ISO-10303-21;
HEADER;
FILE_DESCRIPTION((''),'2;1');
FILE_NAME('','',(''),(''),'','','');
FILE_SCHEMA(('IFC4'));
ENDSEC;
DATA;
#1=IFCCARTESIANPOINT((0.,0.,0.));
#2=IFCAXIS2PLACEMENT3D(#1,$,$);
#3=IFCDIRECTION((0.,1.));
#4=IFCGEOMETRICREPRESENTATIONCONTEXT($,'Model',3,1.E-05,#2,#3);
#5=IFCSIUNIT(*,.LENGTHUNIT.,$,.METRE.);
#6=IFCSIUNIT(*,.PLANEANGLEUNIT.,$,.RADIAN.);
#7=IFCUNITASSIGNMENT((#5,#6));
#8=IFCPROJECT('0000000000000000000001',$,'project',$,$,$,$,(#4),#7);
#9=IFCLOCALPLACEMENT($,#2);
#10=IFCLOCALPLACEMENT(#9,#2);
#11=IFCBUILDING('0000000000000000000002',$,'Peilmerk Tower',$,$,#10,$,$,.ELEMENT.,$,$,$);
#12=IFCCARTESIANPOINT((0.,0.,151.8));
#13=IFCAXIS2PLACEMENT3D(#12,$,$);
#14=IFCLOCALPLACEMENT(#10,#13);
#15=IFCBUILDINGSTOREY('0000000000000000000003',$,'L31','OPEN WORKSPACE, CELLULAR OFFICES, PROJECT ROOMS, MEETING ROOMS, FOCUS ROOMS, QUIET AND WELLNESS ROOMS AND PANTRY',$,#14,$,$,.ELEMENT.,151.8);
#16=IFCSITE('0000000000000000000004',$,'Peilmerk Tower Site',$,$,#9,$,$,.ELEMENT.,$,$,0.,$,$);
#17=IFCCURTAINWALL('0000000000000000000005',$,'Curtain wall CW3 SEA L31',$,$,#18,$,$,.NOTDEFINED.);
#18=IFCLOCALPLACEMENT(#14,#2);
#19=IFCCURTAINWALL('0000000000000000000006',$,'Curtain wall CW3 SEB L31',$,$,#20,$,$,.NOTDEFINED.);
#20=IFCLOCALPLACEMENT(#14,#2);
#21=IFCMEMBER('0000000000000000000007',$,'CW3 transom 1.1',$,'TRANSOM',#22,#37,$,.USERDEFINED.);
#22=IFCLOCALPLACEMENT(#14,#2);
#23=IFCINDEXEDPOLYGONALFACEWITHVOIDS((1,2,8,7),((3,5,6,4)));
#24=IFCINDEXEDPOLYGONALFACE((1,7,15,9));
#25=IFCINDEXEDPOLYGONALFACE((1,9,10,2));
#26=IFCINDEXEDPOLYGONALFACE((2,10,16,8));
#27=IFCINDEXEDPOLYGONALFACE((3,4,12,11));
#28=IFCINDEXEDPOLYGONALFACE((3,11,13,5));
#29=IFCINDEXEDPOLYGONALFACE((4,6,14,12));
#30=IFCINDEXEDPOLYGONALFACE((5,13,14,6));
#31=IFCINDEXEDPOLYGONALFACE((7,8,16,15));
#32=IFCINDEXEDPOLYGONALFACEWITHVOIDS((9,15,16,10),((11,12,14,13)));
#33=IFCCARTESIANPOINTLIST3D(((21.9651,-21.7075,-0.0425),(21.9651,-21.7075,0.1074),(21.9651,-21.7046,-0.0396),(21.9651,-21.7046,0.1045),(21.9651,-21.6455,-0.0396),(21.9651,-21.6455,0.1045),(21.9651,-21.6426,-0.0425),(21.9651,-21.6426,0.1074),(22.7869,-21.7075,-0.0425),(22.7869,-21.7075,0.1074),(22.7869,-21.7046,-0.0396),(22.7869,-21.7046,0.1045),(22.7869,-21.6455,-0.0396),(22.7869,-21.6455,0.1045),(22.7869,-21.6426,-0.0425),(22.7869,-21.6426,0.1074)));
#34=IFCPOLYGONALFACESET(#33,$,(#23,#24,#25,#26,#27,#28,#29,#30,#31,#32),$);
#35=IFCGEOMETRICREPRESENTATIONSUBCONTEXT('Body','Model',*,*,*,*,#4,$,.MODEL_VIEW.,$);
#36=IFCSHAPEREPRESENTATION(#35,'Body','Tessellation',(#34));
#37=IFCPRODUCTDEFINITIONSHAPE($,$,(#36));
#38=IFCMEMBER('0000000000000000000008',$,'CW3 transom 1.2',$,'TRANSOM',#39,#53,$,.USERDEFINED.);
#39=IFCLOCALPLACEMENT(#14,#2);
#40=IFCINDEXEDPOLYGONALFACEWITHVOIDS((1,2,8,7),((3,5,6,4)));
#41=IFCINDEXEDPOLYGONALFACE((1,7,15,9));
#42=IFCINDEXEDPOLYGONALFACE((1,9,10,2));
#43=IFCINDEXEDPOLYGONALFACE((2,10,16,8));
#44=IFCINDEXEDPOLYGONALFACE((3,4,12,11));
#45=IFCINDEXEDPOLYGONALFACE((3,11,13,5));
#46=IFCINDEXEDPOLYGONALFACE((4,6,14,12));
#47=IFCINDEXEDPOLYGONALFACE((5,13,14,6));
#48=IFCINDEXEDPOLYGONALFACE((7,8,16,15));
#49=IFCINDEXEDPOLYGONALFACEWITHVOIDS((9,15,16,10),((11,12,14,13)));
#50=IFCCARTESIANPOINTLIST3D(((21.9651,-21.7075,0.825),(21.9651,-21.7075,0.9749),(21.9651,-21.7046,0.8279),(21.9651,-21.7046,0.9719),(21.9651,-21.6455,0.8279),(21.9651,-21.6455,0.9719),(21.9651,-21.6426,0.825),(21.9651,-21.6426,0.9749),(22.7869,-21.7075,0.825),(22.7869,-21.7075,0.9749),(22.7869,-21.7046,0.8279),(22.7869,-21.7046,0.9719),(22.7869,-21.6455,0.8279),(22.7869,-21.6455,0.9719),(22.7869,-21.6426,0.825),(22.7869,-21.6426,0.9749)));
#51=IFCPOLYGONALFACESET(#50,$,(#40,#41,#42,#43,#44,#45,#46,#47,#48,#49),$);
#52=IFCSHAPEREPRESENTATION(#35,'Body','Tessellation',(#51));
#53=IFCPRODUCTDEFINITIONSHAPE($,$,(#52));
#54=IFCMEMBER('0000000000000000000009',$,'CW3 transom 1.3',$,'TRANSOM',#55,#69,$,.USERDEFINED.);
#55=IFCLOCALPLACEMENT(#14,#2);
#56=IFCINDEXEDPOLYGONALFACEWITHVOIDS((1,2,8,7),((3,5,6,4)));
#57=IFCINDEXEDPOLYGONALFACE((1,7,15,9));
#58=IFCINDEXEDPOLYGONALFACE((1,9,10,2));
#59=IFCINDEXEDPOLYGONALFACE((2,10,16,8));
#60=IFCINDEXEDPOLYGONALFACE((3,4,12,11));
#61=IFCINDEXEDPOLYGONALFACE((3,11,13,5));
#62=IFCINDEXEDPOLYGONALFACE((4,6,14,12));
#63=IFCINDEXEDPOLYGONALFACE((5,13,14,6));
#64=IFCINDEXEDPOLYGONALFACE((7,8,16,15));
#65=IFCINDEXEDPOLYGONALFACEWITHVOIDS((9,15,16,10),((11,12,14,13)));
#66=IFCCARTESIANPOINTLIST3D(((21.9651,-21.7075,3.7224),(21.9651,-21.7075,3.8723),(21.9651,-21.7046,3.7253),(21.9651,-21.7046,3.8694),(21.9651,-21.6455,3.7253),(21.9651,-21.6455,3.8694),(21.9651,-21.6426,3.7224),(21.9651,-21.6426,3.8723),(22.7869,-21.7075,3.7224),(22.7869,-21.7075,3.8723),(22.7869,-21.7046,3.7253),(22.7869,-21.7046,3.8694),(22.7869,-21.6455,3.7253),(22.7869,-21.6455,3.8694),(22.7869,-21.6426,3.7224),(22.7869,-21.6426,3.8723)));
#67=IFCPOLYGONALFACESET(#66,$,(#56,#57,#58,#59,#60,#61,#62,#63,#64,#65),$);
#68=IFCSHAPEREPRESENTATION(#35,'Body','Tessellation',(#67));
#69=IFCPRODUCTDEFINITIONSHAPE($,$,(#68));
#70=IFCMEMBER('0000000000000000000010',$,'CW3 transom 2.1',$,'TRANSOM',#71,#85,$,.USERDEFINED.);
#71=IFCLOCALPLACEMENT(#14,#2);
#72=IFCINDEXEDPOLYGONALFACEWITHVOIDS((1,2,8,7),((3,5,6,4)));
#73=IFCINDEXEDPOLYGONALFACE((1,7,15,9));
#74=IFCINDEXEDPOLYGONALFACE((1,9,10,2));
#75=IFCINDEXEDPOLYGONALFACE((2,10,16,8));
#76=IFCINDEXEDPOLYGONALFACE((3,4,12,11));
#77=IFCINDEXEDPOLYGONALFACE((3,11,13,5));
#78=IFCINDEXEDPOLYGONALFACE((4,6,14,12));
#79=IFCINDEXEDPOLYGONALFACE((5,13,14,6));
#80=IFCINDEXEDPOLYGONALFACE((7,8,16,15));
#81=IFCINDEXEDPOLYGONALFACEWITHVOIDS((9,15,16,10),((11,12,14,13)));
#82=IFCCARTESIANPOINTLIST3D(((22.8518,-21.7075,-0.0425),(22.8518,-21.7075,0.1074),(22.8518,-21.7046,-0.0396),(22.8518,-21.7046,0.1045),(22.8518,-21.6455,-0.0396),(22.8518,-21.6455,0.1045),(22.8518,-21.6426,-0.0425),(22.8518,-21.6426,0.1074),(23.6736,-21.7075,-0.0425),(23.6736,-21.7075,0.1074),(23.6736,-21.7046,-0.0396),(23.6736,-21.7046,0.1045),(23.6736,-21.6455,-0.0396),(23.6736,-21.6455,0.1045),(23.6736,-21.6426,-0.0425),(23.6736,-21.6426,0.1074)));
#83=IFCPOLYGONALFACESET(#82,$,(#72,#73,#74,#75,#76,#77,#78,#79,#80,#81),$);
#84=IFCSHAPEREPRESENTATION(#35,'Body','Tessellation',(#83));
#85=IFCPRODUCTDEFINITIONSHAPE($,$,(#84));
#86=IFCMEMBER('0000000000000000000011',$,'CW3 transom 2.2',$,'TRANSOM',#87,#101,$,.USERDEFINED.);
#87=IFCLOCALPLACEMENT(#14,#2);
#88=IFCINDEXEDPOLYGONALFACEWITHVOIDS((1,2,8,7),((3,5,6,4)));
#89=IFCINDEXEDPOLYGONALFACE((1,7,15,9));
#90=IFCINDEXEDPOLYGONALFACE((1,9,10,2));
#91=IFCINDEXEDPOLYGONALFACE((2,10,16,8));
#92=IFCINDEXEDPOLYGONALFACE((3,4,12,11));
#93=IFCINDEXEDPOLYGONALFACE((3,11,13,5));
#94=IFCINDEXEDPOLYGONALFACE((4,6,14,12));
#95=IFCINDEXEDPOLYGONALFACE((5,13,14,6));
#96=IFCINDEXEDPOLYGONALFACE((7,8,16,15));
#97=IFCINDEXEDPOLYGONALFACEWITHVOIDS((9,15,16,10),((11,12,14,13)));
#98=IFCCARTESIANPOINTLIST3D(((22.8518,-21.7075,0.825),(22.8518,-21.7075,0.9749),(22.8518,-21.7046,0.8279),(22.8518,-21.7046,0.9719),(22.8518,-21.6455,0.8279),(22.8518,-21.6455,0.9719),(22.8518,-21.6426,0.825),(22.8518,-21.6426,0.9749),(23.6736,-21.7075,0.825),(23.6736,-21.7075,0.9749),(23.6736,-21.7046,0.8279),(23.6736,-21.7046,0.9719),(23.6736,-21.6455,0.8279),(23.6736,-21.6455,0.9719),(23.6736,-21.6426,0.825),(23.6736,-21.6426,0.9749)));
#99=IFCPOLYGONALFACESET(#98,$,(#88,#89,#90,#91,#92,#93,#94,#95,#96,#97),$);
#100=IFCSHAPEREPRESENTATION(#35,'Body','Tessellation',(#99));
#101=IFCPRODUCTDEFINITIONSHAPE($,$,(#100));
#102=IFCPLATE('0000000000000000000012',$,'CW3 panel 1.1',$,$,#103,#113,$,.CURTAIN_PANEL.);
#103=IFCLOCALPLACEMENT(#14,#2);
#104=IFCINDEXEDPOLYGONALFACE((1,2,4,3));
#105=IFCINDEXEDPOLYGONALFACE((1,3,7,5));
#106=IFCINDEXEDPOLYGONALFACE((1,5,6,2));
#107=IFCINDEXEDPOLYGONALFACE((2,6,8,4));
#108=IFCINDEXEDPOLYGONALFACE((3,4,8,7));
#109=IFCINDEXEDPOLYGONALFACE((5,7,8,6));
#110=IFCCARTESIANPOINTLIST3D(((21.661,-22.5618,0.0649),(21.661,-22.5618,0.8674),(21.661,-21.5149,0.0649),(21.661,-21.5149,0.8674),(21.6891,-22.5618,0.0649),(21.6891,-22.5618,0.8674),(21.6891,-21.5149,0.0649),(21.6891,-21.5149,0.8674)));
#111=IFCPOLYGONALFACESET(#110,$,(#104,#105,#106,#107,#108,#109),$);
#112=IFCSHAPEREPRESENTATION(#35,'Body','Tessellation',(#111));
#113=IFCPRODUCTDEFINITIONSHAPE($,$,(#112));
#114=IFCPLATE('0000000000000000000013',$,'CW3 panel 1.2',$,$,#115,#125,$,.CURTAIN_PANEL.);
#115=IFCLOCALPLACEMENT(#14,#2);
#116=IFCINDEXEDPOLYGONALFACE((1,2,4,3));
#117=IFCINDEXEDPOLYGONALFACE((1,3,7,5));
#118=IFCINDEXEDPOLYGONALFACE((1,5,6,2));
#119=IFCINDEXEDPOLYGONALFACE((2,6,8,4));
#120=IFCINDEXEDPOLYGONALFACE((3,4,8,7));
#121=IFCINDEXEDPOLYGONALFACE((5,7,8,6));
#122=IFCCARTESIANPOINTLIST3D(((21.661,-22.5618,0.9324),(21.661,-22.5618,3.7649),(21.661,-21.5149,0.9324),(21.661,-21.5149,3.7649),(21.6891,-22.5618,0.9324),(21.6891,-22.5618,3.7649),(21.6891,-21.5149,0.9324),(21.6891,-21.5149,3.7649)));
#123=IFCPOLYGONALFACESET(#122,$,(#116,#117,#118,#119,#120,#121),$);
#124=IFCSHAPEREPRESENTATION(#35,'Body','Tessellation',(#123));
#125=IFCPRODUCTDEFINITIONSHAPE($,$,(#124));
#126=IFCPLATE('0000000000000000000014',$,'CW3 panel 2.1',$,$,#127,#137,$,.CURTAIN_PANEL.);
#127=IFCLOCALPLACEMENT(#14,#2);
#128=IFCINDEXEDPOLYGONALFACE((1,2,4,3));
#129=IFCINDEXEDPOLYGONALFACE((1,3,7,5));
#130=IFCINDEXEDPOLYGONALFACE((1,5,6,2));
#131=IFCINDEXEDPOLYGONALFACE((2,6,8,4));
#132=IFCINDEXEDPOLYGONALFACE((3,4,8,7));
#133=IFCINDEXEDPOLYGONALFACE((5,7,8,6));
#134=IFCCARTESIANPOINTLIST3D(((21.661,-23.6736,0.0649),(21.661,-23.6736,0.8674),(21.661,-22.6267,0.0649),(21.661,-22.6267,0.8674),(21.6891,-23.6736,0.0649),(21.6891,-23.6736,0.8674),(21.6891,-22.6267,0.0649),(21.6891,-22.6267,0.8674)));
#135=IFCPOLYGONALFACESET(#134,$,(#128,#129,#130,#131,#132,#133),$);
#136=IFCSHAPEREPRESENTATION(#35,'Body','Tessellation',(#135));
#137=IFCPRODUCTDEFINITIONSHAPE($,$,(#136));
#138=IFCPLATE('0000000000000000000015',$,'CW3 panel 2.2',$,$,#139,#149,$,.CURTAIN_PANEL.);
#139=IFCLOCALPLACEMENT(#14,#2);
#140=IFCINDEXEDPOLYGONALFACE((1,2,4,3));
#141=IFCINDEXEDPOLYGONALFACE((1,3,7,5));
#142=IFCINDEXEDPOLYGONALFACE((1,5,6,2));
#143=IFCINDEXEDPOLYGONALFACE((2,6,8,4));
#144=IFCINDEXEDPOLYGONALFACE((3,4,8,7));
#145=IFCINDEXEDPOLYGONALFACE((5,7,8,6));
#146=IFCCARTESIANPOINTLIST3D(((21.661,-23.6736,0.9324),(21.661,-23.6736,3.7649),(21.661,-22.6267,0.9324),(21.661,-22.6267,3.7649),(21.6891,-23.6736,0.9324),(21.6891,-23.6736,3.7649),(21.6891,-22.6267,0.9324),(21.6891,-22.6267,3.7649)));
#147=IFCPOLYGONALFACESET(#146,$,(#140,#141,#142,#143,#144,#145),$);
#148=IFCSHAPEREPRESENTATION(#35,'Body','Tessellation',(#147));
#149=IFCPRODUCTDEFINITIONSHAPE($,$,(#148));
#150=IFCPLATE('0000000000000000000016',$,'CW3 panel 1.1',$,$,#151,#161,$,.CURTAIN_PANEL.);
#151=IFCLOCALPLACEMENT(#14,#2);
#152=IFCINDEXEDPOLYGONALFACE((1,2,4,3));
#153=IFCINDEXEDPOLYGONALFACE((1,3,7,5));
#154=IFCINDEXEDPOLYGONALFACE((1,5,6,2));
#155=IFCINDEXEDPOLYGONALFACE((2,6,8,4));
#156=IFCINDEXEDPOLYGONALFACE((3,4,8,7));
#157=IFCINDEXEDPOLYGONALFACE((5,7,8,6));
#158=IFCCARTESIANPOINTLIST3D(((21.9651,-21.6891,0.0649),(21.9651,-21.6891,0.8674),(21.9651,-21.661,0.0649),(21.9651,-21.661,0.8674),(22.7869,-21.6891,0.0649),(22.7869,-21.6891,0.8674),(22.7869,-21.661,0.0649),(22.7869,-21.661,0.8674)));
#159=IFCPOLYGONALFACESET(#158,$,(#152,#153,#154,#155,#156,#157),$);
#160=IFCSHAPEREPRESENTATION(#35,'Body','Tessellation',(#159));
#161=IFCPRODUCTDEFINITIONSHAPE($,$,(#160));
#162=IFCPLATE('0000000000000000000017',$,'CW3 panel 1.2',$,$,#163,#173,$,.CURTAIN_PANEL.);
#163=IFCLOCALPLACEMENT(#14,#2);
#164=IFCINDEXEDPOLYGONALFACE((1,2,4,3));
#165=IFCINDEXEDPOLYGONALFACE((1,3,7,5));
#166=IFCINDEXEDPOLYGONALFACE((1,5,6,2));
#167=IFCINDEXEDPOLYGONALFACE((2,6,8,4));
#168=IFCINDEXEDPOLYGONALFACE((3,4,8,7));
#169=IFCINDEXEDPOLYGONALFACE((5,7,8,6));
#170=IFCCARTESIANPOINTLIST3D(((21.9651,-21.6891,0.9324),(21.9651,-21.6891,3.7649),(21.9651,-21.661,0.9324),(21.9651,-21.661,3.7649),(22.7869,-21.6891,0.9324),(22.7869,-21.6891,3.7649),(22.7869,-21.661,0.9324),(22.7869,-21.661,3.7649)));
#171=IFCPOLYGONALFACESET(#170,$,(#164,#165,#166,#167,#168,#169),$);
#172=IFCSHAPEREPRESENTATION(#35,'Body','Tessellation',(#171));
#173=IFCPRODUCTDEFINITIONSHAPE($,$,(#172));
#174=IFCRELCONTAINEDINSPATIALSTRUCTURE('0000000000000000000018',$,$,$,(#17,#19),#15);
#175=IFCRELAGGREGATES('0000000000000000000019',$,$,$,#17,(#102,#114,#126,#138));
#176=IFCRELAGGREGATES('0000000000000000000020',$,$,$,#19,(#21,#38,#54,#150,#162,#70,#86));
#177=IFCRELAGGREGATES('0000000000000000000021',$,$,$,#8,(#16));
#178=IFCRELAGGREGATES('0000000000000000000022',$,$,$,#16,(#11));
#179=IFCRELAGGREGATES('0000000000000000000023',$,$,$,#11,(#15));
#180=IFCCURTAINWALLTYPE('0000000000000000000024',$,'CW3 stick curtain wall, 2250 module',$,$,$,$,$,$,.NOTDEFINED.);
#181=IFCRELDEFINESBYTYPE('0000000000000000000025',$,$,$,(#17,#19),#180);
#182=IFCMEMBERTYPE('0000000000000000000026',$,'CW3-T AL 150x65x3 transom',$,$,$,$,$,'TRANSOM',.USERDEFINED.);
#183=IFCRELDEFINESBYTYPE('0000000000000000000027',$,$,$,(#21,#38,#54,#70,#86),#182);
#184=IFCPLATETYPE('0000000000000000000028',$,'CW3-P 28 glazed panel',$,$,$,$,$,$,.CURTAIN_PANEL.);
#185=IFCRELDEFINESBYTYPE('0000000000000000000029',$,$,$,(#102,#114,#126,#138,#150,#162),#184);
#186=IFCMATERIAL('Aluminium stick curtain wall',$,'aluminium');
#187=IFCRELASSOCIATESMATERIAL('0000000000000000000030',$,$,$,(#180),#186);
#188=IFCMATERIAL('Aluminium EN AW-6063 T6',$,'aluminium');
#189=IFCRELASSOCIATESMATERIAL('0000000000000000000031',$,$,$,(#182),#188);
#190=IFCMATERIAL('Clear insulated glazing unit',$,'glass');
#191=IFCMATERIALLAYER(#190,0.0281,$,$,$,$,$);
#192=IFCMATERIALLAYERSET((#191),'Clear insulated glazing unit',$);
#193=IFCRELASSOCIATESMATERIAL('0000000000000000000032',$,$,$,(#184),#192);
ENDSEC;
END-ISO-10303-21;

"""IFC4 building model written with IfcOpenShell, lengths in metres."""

from ifc_helpers import new_model, si_unit, direction, frame, origin, origin_2d, place, context, subcontext, project, spatial, rectangle, hollow_rectangle, extrude, material, layer, layer_set, material_profile, profile_set, type_object, element, aggregate, save


model = new_model("IFC4")

# Units and contexts
model_context = context("Model", 3, precision=1e-05, world=origin(), true_north=direction((0.0, 1.0)))
body_context = subcontext(model_context, "Body", "Model", "MODEL_VIEW")
ifc_project = project(units=[si_unit("LENGTHUNIT", "METRE"), si_unit("PLANEANGLEUNIT", "RADIAN")], contexts=[model_context])

# Site, building, storey
site_placement = place(None, origin())
site = spatial("IfcSite", under=ifc_project, at=site_placement, Name="Peilmerk Tower Site", CompositionType="ELEMENT", RefElevation=0.0)
building_placement = place(site_placement, origin())
building = spatial("IfcBuilding", under=site, at=building_placement, Name="Peilmerk Tower", CompositionType="ELEMENT")
storey_placement = place(building_placement, frame((0.0, 0.0, 151.8)))
storey = spatial("IfcBuildingStorey", under=building, at=storey_placement, Name="L31", Description="OPEN WORKSPACE, CELLULAR OFFICES, PROJECT ROOMS, MEETING ROOMS, FOCUS ROOMS, QUIET AND WELLNESS ROOMS AND PANTRY", CompositionType="ELEMENT", Elevation=151.8)

# Curtain walls
ifc_material_1 = material(Name="Aluminium stick curtain wall", Category="aluminium")
curtain_wall_type = type_object("IfcCurtainWallType", Name="CW3 stick curtain wall, 2250 module", PredefinedType="NOTDEFINED", material=ifc_material_1)
curtain_wall_1_placement = place(storey_placement, origin())
curtain_wall_1 = element("IfcCurtainWall", 1, at=curtain_wall_1_placement, inside=storey, type_object=curtain_wall_type, Name="Curtain wall CW3 SEA L31", PredefinedType="NOTDEFINED")
ifc_material_2 = material(Name="Aluminium EN AW-6063 T6", Category="aluminium")
curtain_wall_2_placement = place(storey_placement, origin())
curtain_wall_2 = element("IfcCurtainWall", 2, at=curtain_wall_2_placement, inside=storey, type_object=curtain_wall_type, Name="Curtain wall CW3 SEB L31", PredefinedType="NOTDEFINED")

# Members
ifc_material_profile_1 = material_profile(ifc_material_2, hollow_rectangle(XDim=0.0649, YDim=0.1499, WallThickness=0.0029, at=origin_2d()), Name="AL 150x65x3")
ifc_profile_set_1 = profile_set([ifc_material_profile_1], Name="Aluminium EN AW-6063 T6")
member_type_1 = type_object("IfcMemberType", Name="CW3-T AL 150x65x3 transom", ElementType="TRANSOM", PredefinedType="USERDEFINED", material=ifc_profile_set_1)
member_1_placement = place(storey_placement, frame((21.9651, -21.675, 0.0325), z_axis=(1.0, 0.0, 0.0), x_axis=(0.0, 1.0, 0.0)))
member_1 = element("IfcMember", 3, at=member_1_placement, type_object=member_type_1, Name="CW3 transom 1.1", ObjectType="TRANSOM", PredefinedType="USERDEFINED", context=body_context, shape_type="SweptSolid", body=[
    extrude(hollow_rectangle(XDim=0.0649, YDim=0.1499, WallThickness=0.0029, at=origin_2d()), origin(), (0.0, 0.0, 1.0), 0.8218),
])
member_2_placement = place(storey_placement, frame((21.9651, -21.675, 0.8999), z_axis=(1.0, 0.0, 0.0), x_axis=(0.0, 1.0, 0.0)))
member_2 = element("IfcMember", 4, at=member_2_placement, type_object=member_type_1, Name="CW3 transom 1.2", ObjectType="TRANSOM", PredefinedType="USERDEFINED", context=body_context, shape_type="SweptSolid", body=[
    extrude(hollow_rectangle(XDim=0.0649, YDim=0.1499, WallThickness=0.0029, at=origin_2d()), origin(), (0.0, 0.0, 1.0), 0.8218),
])
member_3_placement = place(storey_placement, frame((21.9651, -21.675, 3.7974), z_axis=(1.0, 0.0, 0.0), x_axis=(0.0, 1.0, 0.0)))
member_3 = element("IfcMember", 5, at=member_3_placement, type_object=member_type_1, Name="CW3 transom 1.3", ObjectType="TRANSOM", PredefinedType="USERDEFINED", context=body_context, shape_type="SweptSolid", body=[
    extrude(hollow_rectangle(XDim=0.0649, YDim=0.1499, WallThickness=0.0029, at=origin_2d()), origin(), (0.0, 0.0, 1.0), 0.8218),
])
member_4_placement = place(storey_placement, frame((22.8518, -21.675, 0.0325), z_axis=(1.0, 0.0, 0.0), x_axis=(0.0, 1.0, 0.0)))
member_4 = element("IfcMember", 6, at=member_4_placement, type_object=member_type_1, Name="CW3 transom 2.1", ObjectType="TRANSOM", PredefinedType="USERDEFINED", context=body_context, shape_type="SweptSolid", body=[
    extrude(hollow_rectangle(XDim=0.0649, YDim=0.1499, WallThickness=0.0029, at=origin_2d()), origin(), (0.0, 0.0, 1.0), 0.8218),
])
member_5_placement = place(storey_placement, frame((22.8518, -21.675, 0.8999), z_axis=(1.0, 0.0, 0.0), x_axis=(0.0, 1.0, 0.0)))
member_5 = element("IfcMember", 7, at=member_5_placement, type_object=member_type_1, Name="CW3 transom 2.2", ObjectType="TRANSOM", PredefinedType="USERDEFINED", context=body_context, shape_type="SweptSolid", body=[
    extrude(hollow_rectangle(XDim=0.0649, YDim=0.1499, WallThickness=0.0029, at=origin_2d()), origin(), (0.0, 0.0, 1.0), 0.8218),
])

# Plates
ifc_material_3 = material(Name="Clear insulated glazing unit", Category="glass")
ifc_layer_1 = layer(ifc_material_3, 0.0281)
ifc_layer_set_1 = layer_set([ifc_layer_1], Name="Clear insulated glazing unit")
plate_type = type_object("IfcPlateType", Name="CW3-P 28 glazed panel", PredefinedType="CURTAIN_PANEL", material=ifc_layer_set_1)
plate_1_placement = place(storey_placement, frame((21.675, -22.0383, 0.0649), z_axis=(0.0, 0.0, 1.0), x_axis=(0.0, -1.0, 0.0)))
plate_1 = element("IfcPlate", 8, at=plate_1_placement, type_object=plate_type, Name="CW3 panel 1.1", PredefinedType="CURTAIN_PANEL", context=body_context, shape_type="SweptSolid", body=[
    extrude(rectangle(XDim=1.0469, YDim=0.0281, at=origin_2d()), origin(), (0.0, 0.0, 1.0), 0.8025),
])
plate_2_placement = place(storey_placement, frame((21.675, -22.0383, 0.9324), z_axis=(0.0, 0.0, 1.0), x_axis=(0.0, -1.0, 0.0)))
plate_2 = element("IfcPlate", 9, at=plate_2_placement, type_object=plate_type, Name="CW3 panel 1.2", PredefinedType="CURTAIN_PANEL", context=body_context, shape_type="SweptSolid", body=[
    extrude(rectangle(XDim=1.0469, YDim=0.0281, at=origin_2d()), origin(), (0.0, 0.0, 1.0), 2.8325),
])
plate_3_placement = place(storey_placement, frame((21.675, -23.1501, 0.0649), z_axis=(0.0, 0.0, 1.0), x_axis=(0.0, -1.0, 0.0)))
plate_3 = element("IfcPlate", 10, at=plate_3_placement, type_object=plate_type, Name="CW3 panel 2.1", PredefinedType="CURTAIN_PANEL", context=body_context, shape_type="SweptSolid", body=[
    extrude(rectangle(XDim=1.0469, YDim=0.0281, at=origin_2d()), origin(), (0.0, 0.0, 1.0), 0.8025),
])
plate_4_placement = place(storey_placement, frame((21.675, -23.1501, 0.9324), z_axis=(0.0, 0.0, 1.0), x_axis=(0.0, -1.0, 0.0)))
plate_4 = element("IfcPlate", 11, at=plate_4_placement, type_object=plate_type, Name="CW3 panel 2.2", PredefinedType="CURTAIN_PANEL", context=body_context, shape_type="SweptSolid", body=[
    extrude(rectangle(XDim=1.0469, YDim=0.0281, at=origin_2d()), origin(), (0.0, 0.0, 1.0), 2.8325),
])
aggregate(curtain_wall_1, [plate_1, plate_2, plate_3, plate_4])
plate_5_placement = place(storey_placement, frame((22.376, -21.675, 0.0649), z_axis=(0.0, 0.0, 1.0), x_axis=(1.0, 0.0, 0.0)))
plate_5 = element("IfcPlate", 12, at=plate_5_placement, type_object=plate_type, Name="CW3 panel 1.1", PredefinedType="CURTAIN_PANEL", context=body_context, shape_type="SweptSolid", body=[
    extrude(rectangle(XDim=0.8218, YDim=0.0281, at=origin_2d()), origin(), (0.0, 0.0, 1.0), 0.8025),
])
plate_6_placement = place(storey_placement, frame((22.376, -21.675, 0.9324), z_axis=(0.0, 0.0, 1.0), x_axis=(1.0, 0.0, 0.0)))
plate_6 = element("IfcPlate", 13, at=plate_6_placement, type_object=plate_type, Name="CW3 panel 1.2", PredefinedType="CURTAIN_PANEL", context=body_context, shape_type="SweptSolid", body=[
    extrude(rectangle(XDim=0.8218, YDim=0.0281, at=origin_2d()), origin(), (0.0, 0.0, 1.0), 2.8325),
])
aggregate(curtain_wall_2, [member_1, member_2, member_3, plate_5, plate_6, member_4, member_5])

save(model, "model.ifc")
